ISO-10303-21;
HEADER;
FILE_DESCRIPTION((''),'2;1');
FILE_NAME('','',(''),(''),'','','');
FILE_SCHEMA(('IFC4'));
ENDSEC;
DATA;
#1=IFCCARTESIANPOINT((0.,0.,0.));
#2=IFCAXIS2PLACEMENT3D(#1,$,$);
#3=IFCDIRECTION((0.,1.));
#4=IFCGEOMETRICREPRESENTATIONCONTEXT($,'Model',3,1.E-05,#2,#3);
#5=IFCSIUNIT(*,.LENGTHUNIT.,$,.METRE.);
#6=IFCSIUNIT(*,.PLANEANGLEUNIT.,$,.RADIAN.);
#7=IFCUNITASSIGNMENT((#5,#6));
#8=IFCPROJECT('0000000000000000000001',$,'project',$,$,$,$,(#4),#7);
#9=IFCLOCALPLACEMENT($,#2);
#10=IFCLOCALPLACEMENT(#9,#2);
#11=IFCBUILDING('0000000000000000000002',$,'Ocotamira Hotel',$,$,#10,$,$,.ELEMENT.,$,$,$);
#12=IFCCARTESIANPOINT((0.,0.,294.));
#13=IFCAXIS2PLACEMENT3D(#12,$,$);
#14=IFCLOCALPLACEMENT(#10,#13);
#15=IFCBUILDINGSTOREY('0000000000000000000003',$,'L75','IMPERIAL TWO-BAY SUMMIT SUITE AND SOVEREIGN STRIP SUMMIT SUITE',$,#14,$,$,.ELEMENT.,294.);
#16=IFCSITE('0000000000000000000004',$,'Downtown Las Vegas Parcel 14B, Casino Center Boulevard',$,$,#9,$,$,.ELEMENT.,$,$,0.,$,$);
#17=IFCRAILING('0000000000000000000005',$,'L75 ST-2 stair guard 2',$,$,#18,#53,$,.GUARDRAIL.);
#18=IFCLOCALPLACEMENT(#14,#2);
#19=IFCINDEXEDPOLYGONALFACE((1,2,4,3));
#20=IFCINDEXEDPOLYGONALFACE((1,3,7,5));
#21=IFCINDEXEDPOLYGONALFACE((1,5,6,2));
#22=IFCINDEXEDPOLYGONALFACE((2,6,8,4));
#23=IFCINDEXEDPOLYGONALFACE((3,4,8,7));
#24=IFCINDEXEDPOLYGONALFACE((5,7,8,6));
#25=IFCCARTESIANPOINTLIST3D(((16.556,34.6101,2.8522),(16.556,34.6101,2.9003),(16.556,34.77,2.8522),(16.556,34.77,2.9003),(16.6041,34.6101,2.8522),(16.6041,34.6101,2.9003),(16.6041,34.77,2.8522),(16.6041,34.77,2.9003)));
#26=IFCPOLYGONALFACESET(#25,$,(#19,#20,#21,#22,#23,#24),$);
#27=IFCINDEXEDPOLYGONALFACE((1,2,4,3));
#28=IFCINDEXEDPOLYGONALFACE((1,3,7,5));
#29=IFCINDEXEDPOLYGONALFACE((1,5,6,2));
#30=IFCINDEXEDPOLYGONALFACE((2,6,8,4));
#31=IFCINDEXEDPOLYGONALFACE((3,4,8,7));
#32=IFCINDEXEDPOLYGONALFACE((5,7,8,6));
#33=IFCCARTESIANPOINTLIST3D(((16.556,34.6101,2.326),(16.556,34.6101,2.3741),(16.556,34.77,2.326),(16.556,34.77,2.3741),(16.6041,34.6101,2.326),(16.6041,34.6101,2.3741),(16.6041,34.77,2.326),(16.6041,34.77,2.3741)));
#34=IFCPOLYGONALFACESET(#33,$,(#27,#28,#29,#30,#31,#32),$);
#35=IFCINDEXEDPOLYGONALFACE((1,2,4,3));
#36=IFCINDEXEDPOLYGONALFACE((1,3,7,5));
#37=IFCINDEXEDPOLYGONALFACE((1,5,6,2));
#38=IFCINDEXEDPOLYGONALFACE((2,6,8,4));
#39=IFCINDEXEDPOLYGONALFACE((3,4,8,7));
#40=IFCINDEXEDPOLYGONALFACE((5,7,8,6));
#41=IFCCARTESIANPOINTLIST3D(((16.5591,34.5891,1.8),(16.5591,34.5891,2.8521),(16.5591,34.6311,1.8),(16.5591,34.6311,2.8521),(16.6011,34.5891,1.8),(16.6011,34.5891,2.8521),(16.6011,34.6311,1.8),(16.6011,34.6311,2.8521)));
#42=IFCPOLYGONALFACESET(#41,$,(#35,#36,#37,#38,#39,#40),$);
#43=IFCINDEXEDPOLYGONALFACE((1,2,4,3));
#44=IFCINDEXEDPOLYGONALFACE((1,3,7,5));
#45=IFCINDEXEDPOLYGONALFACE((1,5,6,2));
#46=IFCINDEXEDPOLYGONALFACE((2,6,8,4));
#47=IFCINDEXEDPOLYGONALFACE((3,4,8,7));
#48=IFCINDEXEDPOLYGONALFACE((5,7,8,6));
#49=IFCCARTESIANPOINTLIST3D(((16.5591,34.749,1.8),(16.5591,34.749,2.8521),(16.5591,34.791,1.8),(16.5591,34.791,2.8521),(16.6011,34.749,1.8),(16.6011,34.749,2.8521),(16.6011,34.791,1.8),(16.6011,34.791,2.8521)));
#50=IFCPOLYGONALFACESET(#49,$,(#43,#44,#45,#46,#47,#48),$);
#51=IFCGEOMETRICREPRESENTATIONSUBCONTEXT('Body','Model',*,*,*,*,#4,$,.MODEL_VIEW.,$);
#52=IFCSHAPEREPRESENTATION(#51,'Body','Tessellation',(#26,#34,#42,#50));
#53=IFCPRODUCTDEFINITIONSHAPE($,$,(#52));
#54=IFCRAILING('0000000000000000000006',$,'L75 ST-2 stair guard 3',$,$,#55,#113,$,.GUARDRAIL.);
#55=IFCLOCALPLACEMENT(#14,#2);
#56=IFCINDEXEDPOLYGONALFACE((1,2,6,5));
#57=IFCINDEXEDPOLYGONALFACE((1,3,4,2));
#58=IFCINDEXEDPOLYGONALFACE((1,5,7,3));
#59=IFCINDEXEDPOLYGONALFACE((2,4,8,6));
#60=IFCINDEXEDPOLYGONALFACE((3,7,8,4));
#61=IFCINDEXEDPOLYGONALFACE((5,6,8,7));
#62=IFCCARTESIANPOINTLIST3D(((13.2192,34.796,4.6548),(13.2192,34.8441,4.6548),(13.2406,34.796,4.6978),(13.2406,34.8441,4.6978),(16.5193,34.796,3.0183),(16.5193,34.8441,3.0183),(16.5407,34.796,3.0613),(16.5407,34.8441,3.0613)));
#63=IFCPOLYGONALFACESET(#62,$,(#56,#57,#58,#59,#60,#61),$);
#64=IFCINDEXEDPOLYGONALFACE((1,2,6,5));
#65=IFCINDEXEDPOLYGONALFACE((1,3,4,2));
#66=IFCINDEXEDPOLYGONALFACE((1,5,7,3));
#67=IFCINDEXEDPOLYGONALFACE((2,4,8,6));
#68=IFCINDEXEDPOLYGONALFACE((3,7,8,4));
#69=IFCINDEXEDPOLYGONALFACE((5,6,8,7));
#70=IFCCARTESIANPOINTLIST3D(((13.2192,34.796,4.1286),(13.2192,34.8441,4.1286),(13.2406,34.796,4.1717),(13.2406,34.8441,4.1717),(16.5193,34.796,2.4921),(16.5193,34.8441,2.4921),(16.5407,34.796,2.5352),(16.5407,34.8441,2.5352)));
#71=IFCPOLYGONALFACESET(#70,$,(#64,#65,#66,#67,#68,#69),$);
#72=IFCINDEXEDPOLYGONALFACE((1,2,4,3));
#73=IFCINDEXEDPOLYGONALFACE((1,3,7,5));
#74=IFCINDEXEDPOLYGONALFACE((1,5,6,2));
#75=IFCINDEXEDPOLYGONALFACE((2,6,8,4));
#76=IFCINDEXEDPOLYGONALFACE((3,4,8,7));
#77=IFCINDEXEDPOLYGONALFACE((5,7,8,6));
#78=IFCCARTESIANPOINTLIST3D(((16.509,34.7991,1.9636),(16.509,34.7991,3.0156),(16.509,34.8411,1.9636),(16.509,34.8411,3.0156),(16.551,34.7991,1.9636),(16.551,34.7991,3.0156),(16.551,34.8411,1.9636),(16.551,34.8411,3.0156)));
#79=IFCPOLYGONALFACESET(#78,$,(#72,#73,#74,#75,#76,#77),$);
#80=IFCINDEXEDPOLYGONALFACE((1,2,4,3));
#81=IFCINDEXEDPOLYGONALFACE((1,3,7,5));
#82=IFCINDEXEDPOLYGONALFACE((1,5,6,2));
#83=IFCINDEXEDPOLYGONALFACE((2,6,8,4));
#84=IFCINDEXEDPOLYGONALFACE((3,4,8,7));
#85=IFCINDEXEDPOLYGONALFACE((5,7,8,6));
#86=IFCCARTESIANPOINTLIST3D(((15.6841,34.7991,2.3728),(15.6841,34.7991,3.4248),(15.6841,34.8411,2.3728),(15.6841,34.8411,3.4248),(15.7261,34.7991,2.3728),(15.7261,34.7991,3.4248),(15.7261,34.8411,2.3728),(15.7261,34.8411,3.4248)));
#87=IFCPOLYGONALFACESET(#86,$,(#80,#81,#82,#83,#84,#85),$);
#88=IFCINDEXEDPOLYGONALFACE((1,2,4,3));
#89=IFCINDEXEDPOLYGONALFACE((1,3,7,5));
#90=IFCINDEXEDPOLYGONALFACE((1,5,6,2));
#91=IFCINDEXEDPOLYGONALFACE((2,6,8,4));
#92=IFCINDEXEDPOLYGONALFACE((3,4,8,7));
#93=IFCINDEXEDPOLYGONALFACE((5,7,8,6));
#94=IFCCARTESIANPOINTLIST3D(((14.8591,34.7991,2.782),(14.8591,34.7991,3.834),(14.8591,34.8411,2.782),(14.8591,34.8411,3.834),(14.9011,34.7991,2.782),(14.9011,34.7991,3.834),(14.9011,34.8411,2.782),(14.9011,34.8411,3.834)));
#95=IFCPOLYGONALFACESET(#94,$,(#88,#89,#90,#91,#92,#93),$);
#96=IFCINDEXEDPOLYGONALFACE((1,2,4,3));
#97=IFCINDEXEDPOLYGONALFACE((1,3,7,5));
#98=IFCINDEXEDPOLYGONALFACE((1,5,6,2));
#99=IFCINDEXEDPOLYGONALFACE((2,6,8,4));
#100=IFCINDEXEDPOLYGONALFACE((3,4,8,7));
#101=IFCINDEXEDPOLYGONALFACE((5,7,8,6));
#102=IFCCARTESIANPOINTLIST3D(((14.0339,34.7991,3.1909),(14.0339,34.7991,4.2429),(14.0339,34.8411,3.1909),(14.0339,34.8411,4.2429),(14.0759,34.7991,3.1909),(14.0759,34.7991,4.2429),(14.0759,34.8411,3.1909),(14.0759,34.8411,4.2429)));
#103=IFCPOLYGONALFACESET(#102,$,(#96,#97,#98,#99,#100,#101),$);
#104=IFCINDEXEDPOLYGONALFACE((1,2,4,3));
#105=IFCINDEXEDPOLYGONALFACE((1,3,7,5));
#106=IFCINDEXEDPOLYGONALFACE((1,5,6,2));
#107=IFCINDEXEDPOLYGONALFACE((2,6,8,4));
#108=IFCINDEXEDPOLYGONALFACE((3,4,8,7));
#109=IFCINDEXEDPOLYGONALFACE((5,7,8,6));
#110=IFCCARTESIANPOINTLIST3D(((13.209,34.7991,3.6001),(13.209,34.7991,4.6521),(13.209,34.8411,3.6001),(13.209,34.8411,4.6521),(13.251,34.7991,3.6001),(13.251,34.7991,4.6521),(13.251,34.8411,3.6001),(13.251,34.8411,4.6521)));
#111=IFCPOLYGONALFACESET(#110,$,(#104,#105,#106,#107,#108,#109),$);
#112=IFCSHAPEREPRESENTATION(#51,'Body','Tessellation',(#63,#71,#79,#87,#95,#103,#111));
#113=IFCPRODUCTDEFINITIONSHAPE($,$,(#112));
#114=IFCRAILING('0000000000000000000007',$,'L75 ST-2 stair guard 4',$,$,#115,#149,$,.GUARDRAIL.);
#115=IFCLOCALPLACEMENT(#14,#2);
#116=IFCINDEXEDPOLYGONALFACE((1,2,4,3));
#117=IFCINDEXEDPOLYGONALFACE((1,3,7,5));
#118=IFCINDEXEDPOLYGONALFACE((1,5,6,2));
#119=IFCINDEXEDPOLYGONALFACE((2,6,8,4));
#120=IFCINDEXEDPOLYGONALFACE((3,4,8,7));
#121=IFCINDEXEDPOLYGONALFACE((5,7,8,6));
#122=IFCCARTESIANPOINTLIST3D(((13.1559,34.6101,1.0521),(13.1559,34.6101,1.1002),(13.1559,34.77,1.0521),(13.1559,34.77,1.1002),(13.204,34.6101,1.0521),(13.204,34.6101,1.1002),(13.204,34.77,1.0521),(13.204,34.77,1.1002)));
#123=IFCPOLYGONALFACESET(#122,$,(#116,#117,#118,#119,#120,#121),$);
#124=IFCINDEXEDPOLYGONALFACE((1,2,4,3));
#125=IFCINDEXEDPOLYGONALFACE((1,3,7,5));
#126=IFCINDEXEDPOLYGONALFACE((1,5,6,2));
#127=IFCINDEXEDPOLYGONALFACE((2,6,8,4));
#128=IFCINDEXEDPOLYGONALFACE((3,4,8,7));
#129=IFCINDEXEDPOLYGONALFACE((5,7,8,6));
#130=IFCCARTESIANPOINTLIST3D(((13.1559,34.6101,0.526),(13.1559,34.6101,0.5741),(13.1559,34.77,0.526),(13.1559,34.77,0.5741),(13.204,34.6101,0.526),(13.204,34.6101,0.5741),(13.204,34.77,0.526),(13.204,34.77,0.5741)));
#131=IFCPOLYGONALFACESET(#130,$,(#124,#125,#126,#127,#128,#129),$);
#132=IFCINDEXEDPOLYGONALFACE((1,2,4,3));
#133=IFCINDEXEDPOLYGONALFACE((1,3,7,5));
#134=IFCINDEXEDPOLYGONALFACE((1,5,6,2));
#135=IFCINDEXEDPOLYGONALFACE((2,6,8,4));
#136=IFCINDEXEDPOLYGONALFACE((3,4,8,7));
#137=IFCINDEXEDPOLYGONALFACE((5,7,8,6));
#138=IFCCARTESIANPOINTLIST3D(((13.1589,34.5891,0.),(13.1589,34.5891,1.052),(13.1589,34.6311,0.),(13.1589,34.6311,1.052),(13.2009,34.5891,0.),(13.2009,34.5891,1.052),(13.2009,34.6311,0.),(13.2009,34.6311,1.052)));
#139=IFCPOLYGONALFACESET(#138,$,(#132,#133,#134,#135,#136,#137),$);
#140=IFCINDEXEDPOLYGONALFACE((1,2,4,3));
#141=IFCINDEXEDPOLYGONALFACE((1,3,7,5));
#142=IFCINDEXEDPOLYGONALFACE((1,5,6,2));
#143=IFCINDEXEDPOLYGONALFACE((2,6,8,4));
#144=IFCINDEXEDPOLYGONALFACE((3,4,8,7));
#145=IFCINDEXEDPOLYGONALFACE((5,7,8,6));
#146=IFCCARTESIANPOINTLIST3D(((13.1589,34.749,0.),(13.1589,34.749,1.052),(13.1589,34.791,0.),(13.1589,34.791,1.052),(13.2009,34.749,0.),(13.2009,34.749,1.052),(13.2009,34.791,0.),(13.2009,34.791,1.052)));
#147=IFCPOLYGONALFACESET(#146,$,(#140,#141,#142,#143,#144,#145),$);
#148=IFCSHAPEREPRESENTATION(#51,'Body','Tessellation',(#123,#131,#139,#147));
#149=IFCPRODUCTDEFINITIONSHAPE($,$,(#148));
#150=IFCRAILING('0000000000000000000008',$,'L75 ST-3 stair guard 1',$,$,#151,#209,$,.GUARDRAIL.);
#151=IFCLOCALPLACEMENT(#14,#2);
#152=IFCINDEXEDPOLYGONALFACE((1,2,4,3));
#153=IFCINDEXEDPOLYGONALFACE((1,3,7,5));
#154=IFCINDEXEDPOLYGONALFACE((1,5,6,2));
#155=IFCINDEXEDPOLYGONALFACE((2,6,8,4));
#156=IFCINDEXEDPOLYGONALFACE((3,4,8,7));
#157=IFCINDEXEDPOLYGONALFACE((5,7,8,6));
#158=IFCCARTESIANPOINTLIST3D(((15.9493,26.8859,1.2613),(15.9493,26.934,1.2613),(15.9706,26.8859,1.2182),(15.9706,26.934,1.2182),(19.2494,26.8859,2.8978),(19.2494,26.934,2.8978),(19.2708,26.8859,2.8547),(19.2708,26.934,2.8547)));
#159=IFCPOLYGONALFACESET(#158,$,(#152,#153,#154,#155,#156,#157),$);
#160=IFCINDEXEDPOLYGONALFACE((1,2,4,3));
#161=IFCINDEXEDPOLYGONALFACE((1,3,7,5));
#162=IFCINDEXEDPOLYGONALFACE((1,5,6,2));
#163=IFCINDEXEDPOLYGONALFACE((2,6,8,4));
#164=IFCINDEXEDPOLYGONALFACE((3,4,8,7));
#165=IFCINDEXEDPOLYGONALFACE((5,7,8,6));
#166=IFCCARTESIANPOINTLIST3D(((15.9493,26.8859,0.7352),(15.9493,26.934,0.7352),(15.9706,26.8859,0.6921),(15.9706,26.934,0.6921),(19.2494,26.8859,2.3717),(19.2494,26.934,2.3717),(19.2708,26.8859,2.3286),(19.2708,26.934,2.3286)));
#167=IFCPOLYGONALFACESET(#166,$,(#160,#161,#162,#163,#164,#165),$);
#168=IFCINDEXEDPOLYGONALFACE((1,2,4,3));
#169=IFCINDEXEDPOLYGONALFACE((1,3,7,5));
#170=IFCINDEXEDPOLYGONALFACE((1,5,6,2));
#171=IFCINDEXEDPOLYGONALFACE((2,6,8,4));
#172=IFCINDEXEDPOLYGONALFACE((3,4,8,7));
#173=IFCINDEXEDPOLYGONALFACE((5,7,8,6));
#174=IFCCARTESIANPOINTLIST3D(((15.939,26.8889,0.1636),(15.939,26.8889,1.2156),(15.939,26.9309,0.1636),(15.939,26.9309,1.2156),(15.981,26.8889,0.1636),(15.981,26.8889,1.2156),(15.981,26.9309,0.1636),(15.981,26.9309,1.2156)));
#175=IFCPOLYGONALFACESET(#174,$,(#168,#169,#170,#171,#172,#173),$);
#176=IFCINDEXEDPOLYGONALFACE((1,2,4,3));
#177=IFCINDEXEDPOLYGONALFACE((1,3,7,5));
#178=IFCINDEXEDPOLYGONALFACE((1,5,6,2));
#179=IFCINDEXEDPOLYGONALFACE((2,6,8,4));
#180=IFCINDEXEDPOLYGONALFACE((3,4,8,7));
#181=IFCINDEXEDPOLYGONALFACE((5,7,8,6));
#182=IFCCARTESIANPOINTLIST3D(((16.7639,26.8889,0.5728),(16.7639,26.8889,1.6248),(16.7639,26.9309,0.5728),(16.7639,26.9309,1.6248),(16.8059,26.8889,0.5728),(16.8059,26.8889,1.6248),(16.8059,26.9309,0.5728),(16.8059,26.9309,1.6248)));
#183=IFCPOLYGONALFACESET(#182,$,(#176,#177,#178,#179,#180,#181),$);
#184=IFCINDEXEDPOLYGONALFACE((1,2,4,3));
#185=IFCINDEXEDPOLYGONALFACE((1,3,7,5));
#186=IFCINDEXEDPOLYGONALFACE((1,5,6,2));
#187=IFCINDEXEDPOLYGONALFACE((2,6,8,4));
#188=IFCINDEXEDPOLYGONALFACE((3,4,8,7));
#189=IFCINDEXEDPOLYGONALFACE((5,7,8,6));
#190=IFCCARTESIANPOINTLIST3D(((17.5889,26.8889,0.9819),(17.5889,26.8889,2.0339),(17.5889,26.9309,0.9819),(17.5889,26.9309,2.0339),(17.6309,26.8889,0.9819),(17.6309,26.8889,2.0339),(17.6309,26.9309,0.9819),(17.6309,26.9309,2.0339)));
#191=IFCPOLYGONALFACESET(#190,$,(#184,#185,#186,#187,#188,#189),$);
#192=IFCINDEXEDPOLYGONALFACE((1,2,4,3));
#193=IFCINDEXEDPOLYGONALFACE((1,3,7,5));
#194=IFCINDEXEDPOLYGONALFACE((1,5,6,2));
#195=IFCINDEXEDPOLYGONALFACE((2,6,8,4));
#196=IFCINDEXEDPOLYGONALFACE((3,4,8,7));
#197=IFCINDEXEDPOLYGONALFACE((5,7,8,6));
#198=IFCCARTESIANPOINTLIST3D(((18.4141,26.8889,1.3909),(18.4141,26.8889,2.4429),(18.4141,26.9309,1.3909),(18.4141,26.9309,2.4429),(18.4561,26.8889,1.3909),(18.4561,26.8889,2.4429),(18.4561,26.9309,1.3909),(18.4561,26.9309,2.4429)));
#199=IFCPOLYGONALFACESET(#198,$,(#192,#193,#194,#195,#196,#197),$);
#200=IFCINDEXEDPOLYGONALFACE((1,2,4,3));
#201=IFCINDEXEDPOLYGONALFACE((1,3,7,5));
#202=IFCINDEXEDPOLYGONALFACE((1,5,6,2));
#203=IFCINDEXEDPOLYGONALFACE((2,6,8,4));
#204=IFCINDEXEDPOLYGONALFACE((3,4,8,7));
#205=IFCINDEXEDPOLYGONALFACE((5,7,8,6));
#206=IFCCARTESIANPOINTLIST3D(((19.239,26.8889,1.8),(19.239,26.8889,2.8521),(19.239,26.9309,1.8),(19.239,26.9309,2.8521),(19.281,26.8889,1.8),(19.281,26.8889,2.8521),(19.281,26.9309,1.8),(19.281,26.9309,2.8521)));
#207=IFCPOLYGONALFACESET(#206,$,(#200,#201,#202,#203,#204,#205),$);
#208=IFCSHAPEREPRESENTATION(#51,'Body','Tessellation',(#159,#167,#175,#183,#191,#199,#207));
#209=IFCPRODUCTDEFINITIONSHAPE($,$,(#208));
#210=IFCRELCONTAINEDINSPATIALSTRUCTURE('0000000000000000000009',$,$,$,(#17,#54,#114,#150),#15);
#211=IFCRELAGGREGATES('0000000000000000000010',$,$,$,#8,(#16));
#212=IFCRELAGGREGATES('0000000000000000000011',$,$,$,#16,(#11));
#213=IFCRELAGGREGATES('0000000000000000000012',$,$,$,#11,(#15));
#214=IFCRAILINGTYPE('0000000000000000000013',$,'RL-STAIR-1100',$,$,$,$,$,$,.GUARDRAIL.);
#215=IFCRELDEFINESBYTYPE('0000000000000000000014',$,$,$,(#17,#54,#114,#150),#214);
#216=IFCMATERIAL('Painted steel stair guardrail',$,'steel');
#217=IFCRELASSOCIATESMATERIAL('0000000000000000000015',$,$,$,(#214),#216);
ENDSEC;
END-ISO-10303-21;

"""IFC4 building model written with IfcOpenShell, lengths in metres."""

from ifc_helpers import new_model, si_unit, direction, frame, origin, origin_2d, place, context, subcontext, project, spatial, rectangle, extrude, material, type_object, element, save


model = new_model("IFC4")

# Units and contexts
model_context = context("Model", 3, precision=1e-05, world=origin(), true_north=direction((0.0, 1.0)))
body_context = subcontext(model_context, "Body", "Model", "MODEL_VIEW")
ifc_project = project(units=[si_unit("LENGTHUNIT", "METRE"), si_unit("PLANEANGLEUNIT", "RADIAN")], contexts=[model_context])

# Site, building, storey
site_placement = place(None, origin())
site = spatial("IfcSite", under=ifc_project, at=site_placement, Name="Downtown Las Vegas Parcel 14B, Casino Center Boulevard", CompositionType="ELEMENT", RefElevation=0.0)
building_placement = place(site_placement, origin())
building = spatial("IfcBuilding", under=site, at=building_placement, Name="Ocotamira Hotel", CompositionType="ELEMENT")
storey_placement = place(building_placement, frame((0.0, 0.0, 294.0)))
storey = spatial("IfcBuildingStorey", under=building, at=storey_placement, Name="L75", Description="IMPERIAL TWO-BAY SUMMIT SUITE AND SOVEREIGN STRIP SUMMIT SUITE", CompositionType="ELEMENT", Elevation=294.0)

# Railings
ifc_material_1 = material(Name="Painted steel stair guardrail", Category="steel")
railing_type_1 = type_object("IfcRailingType", Name="RL-STAIR-1100", PredefinedType="GUARDRAIL", material=ifc_material_1)
railing_1_placement = place(storey_placement, frame((16.5801, 34.6101, 1.8)))
element("IfcRailing", 1, at=railing_1_placement, inside=storey, type_object=railing_type_1, Name="L75 ST-2 stair guard 2", PredefinedType="GUARDRAIL", context=body_context, shape_type="SweptSolid", body=[
    extrude(rectangle(XDim=0.0481, YDim=0.0481, at=origin_2d()), frame((0.0, 0.0, 1.0762), z_axis=(0.0, 1.0, 0.0), x_axis=(-1.0, 0.0, 0.0)), (0.0, 0.0, 1.0), 0.1599),
    extrude(rectangle(XDim=0.0481, YDim=0.0481, at=origin_2d()), frame((0.0, 0.0, 0.55), z_axis=(0.0, 1.0, 0.0), x_axis=(-1.0, 0.0, 0.0)), (0.0, 0.0, 1.0), 0.1599),
    extrude(rectangle(XDim=0.042, YDim=0.042, at=origin_2d()), origin(), (0.0, 0.0, 1.0), 1.052),
    extrude(rectangle(XDim=0.042, YDim=0.042, at=origin_2d()), frame((0.0, 0.1599, 0.0)), (0.0, 0.0, 1.0), 1.052),
])
railing_2_placement = place(storey_placement, frame((16.53, 34.8201, 1.9636)))
element("IfcRailing", 2, at=railing_2_placement, inside=storey, type_object=railing_type_1, Name="L75 ST-2 stair guard 3", PredefinedType="GUARDRAIL", context=body_context, shape_type="SweptSolid", body=[
    extrude(rectangle(XDim=0.0481, YDim=0.0481, at=origin_2d()), frame((0.0, 0.0, 1.0762), z_axis=(-0.895894, 0.0, 0.444268), x_axis=(0.0, -1.0, 0.0)), (0.0, 0.0, 1.0), 3.6836),
    extrude(rectangle(XDim=0.0481, YDim=0.0481, at=origin_2d()), frame((0.0, 0.0, 0.55), z_axis=(-0.895894, 0.0, 0.444268), x_axis=(0.0, -1.0, 0.0)), (0.0, 0.0, 1.0), 3.6836),
    extrude(rectangle(XDim=0.042, YDim=0.042, at=origin_2d()), origin(), (0.0, 0.0, 1.0), 1.052),
    extrude(rectangle(XDim=0.042, YDim=0.042, at=origin_2d()), frame((-0.825, 0.0, 0.4092)), (0.0, 0.0, 1.0), 1.052),
    extrude(rectangle(XDim=0.042, YDim=0.042, at=origin_2d()), frame((-1.6499, 0.0, 0.8184)), (0.0, 0.0, 1.0), 1.052),
    extrude(rectangle(XDim=0.042, YDim=0.042, at=origin_2d()), frame((-2.4751, 0.0, 1.2273)), (0.0, 0.0, 1.0), 1.052),
    extrude(rectangle(XDim=0.042, YDim=0.042, at=origin_2d()), frame((-3.3, 0.0, 1.6365)), (0.0, 0.0, 1.0), 1.052),
])
railing_3_placement = place(storey_placement, frame((13.1799, 34.6101, 0.0)))
element("IfcRailing", 3, at=railing_3_placement, inside=storey, type_object=railing_type_1, Name="L75 ST-2 stair guard 4", PredefinedType="GUARDRAIL", context=body_context, shape_type="SweptSolid", body=[
    extrude(rectangle(XDim=0.0481, YDim=0.0481, at=origin_2d()), frame((0.0, 0.0, 1.0762), z_axis=(0.0, 1.0, 0.0), x_axis=(-1.0, 0.0, 0.0)), (0.0, 0.0, 1.0), 0.1599),
    extrude(rectangle(XDim=0.0481, YDim=0.0481, at=origin_2d()), frame((0.0, 0.0, 0.55), z_axis=(0.0, 1.0, 0.0), x_axis=(-1.0, 0.0, 0.0)), (0.0, 0.0, 1.0), 0.1599),
    extrude(rectangle(XDim=0.042, YDim=0.042, at=origin_2d()), origin(), (0.0, 0.0, 1.0), 1.052),
    extrude(rectangle(XDim=0.042, YDim=0.042, at=origin_2d()), frame((0.0, 0.1599, 0.0)), (0.0, 0.0, 1.0), 1.052),
])
railing_4_placement = place(storey_placement, frame((15.96, 26.9099, 0.1636)))
element("IfcRailing", 4, at=railing_4_placement, inside=storey, type_object=railing_type_1, Name="L75 ST-3 stair guard 1", PredefinedType="GUARDRAIL", context=body_context, shape_type="SweptSolid", body=[
    extrude(rectangle(XDim=0.0481, YDim=0.0481, at=origin_2d()), frame((0.0, 0.0, 1.0762), z_axis=(0.895894, 0.0, 0.444268), x_axis=(0.0, 1.0, 0.0)), (0.0, 0.0, 1.0), 3.6836),
    extrude(rectangle(XDim=0.0481, YDim=0.0481, at=origin_2d()), frame((0.0, 0.0, 0.55), z_axis=(0.895894, 0.0, 0.444268), x_axis=(0.0, 1.0, 0.0)), (0.0, 0.0, 1.0), 3.6836),
    extrude(rectangle(XDim=0.042, YDim=0.042, at=origin_2d()), origin(), (0.0, 0.0, 1.0), 1.052),
    extrude(rectangle(XDim=0.042, YDim=0.042, at=origin_2d()), frame((0.825, 0.0, 0.4092)), (0.0, 0.0, 1.0), 1.052),
    extrude(rectangle(XDim=0.042, YDim=0.042, at=origin_2d()), frame((1.6499, 0.0, 0.8184)), (0.0, 0.0, 1.0), 1.052),
    extrude(rectangle(XDim=0.042, YDim=0.042, at=origin_2d()), frame((2.4751, 0.0, 1.2273)), (0.0, 0.0, 1.0), 1.052),
    extrude(rectangle(XDim=0.042, YDim=0.042, at=origin_2d()), frame((3.3, 0.0, 1.6365)), (0.0, 0.0, 1.0), 1.052),
])

save(model, "model.ifc")
